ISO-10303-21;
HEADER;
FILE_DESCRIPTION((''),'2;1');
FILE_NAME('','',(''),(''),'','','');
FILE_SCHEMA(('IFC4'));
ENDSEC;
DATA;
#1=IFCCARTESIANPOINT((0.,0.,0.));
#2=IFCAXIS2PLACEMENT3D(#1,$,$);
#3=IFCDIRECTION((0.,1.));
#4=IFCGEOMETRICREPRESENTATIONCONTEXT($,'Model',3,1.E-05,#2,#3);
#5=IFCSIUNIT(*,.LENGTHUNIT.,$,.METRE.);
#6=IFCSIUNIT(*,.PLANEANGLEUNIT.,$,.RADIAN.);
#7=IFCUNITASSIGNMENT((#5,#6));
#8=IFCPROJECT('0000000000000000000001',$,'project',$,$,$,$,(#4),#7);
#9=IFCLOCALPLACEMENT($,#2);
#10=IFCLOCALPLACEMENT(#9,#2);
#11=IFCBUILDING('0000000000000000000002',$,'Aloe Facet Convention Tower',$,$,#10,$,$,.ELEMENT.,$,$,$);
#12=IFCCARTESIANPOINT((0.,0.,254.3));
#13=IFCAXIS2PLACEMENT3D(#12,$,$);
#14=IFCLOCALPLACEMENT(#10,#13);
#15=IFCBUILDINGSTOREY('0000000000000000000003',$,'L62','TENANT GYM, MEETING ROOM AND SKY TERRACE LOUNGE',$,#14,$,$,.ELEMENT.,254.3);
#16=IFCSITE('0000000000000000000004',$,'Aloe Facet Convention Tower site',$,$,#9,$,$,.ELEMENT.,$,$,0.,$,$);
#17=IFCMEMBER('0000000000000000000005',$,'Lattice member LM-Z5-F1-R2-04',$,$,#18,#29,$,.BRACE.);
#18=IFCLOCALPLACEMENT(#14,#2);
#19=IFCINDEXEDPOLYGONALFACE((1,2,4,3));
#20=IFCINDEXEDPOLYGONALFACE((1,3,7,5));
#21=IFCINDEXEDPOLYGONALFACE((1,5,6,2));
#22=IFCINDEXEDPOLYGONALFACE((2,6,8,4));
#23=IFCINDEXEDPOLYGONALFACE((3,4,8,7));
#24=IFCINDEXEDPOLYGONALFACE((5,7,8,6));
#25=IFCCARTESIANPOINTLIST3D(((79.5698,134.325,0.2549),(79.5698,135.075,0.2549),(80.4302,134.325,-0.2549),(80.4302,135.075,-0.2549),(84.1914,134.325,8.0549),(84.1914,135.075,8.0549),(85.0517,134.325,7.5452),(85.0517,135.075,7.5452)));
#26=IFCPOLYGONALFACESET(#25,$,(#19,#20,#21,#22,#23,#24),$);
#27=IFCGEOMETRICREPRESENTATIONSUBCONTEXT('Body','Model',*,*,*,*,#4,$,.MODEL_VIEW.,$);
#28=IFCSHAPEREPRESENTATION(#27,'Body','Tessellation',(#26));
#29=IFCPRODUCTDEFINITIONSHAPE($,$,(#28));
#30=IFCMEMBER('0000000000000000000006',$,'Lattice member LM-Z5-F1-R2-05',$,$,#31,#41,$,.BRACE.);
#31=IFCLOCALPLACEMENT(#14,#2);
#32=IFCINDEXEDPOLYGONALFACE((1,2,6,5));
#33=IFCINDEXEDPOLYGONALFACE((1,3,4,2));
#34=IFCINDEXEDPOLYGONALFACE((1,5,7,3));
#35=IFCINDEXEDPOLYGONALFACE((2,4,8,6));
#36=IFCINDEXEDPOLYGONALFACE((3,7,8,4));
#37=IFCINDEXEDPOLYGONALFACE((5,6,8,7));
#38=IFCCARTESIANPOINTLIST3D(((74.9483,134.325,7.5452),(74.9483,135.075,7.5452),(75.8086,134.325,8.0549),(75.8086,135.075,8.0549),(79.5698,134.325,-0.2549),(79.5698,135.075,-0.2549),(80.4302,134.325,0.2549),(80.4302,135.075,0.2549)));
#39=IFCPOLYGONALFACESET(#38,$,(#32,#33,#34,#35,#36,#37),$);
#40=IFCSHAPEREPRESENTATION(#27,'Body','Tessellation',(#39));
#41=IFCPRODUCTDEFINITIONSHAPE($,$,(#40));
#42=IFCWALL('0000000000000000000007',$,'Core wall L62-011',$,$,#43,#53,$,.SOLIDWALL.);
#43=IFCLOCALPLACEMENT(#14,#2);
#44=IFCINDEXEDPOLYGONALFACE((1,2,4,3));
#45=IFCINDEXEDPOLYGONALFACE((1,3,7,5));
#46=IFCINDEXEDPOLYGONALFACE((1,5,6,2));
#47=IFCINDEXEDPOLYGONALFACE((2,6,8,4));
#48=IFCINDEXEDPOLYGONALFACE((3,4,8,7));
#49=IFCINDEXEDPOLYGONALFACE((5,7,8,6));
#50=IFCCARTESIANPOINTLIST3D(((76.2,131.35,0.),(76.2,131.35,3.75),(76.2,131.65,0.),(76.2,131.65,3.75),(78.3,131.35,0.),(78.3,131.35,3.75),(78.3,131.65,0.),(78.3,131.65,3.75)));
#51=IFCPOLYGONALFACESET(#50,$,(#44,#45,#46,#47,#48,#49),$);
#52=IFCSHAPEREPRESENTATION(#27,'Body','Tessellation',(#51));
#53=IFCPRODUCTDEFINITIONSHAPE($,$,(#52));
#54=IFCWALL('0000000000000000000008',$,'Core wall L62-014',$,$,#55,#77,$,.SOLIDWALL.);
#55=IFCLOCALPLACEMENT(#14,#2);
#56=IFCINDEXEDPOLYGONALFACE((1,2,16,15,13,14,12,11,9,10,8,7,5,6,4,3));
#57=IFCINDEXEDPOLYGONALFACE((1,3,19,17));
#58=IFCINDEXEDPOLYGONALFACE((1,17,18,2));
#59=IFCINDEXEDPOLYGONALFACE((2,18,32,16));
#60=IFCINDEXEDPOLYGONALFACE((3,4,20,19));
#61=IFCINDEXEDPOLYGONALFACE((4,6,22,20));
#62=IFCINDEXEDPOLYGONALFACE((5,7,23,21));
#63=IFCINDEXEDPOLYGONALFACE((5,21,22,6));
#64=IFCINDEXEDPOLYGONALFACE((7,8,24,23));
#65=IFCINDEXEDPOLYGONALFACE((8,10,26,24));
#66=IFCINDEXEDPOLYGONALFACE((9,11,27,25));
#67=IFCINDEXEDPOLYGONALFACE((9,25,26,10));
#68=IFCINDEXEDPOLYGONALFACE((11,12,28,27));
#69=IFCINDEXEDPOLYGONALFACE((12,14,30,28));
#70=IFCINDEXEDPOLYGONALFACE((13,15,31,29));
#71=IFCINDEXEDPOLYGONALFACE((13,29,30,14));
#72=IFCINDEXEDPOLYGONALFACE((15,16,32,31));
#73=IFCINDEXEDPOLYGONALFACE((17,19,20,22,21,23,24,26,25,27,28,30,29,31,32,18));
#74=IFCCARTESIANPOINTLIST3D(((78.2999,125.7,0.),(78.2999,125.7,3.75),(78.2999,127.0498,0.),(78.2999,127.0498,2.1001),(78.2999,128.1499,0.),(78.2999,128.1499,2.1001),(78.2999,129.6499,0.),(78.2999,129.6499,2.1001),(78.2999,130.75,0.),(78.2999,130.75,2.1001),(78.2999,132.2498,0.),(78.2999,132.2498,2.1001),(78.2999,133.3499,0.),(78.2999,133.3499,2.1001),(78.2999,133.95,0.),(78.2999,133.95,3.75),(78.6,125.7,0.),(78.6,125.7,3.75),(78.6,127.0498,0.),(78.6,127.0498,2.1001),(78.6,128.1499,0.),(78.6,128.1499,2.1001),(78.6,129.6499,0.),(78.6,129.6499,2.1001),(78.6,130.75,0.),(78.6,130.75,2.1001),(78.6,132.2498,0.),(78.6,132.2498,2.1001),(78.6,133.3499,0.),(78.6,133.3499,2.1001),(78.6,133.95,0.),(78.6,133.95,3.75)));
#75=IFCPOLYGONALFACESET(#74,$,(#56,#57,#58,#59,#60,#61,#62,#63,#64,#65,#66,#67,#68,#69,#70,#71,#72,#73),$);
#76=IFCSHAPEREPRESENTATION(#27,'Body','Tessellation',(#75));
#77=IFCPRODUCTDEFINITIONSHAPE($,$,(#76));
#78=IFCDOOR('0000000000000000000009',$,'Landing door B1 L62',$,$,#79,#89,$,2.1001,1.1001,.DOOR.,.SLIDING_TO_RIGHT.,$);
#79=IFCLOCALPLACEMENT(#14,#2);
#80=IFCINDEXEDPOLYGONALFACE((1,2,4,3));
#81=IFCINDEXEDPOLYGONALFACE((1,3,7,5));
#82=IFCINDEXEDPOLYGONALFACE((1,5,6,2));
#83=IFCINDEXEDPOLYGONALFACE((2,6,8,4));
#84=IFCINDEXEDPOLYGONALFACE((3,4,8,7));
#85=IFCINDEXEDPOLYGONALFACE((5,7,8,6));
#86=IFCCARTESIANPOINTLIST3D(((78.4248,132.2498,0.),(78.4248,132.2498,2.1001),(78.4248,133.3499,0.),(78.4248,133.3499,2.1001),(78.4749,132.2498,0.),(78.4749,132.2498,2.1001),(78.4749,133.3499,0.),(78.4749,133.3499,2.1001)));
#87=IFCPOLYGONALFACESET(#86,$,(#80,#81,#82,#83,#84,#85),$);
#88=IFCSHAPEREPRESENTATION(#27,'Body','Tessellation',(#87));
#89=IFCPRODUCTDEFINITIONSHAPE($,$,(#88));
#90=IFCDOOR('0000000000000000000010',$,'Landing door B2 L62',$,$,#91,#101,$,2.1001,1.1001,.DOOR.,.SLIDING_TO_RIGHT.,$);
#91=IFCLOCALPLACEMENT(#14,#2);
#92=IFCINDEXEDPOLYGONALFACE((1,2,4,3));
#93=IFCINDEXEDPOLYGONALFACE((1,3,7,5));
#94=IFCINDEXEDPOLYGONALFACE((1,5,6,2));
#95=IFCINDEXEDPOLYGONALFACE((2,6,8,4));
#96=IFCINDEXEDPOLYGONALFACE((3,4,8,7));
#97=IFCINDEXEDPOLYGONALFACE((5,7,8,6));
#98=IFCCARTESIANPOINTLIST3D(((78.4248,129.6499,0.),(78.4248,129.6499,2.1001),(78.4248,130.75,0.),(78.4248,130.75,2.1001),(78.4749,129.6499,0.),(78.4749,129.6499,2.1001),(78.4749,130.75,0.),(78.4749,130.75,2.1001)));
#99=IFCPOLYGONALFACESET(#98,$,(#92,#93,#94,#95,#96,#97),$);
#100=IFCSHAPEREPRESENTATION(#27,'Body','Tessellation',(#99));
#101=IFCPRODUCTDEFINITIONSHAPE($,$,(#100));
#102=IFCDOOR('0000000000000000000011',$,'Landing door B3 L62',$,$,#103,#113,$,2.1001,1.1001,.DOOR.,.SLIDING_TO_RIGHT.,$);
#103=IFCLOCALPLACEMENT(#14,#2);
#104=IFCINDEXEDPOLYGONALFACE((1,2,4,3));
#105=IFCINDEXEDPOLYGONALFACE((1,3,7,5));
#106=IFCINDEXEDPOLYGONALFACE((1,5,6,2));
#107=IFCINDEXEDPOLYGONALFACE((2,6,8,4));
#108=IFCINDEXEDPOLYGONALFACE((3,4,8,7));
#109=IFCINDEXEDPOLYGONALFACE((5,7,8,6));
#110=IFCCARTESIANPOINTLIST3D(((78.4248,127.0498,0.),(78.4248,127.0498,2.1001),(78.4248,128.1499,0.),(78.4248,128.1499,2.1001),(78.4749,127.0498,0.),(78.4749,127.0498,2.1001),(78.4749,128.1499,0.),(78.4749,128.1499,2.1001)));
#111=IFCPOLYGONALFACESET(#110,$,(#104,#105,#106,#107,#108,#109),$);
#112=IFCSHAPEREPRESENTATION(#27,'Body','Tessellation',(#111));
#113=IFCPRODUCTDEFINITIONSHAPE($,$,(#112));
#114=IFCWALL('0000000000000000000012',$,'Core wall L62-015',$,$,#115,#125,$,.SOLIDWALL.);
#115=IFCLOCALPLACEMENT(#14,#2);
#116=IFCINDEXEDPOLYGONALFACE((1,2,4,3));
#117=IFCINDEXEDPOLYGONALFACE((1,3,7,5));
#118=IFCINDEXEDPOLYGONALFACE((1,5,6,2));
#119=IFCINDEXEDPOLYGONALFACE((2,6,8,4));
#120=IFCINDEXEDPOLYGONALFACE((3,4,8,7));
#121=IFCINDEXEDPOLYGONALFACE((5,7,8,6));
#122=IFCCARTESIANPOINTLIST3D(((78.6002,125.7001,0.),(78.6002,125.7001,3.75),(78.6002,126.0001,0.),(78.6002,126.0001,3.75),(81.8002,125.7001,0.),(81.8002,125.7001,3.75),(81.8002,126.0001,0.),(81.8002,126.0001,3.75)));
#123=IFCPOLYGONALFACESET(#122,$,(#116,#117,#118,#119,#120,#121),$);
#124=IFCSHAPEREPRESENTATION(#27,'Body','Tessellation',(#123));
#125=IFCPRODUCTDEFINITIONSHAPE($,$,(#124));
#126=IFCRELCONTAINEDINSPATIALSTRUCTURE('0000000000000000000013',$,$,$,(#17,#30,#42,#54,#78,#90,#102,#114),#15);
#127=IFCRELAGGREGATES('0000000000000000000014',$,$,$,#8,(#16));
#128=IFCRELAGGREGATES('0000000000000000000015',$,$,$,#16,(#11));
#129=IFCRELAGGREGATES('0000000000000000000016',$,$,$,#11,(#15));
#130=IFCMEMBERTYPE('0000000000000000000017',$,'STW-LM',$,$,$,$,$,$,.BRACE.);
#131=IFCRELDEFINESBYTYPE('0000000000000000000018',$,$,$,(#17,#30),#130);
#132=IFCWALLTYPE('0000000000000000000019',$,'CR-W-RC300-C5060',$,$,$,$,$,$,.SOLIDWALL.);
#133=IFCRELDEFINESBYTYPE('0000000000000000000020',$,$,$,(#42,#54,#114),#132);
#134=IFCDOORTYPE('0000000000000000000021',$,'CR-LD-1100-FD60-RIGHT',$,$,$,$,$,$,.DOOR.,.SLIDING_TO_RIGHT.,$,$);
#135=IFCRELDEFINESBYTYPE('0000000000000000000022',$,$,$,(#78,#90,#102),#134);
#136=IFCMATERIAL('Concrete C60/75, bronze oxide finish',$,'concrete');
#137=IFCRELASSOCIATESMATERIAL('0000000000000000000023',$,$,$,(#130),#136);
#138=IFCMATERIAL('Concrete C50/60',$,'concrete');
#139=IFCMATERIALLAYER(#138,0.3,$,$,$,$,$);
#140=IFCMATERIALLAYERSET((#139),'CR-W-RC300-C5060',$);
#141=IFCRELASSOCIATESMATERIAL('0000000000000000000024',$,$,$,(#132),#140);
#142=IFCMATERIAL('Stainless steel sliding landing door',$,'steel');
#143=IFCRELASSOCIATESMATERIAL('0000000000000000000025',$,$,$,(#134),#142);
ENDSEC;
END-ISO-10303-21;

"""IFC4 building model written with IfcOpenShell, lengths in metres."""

from ifc_helpers import new_model, si_unit, direction, frame, frame_2d, origin, origin_2d, place, context, subcontext, project, spatial, rectangle, extrude, material, layer, layer_set, material_profile, profile_set, type_object, element, fill, save


model = new_model("IFC4")

# Units and contexts
model_context = context("Model", 3, precision=1e-05, world=origin(), true_north=direction((0.0, 1.0)))
body_context = subcontext(model_context, "Body", "Model", "MODEL_VIEW")
ifc_project = project(units=[si_unit("LENGTHUNIT", "METRE"), si_unit("PLANEANGLEUNIT", "RADIAN")], contexts=[model_context])

# Site, building, storey
site_placement = place(None, origin())
site = spatial("IfcSite", under=ifc_project, at=site_placement, Name="Aloe Facet Convention Tower site", CompositionType="ELEMENT", RefElevation=0.0)
building_placement = place(site_placement, origin())
building = spatial("IfcBuilding", under=site, at=building_placement, Name="Aloe Facet Convention Tower", CompositionType="ELEMENT")
storey_placement = place(building_placement, frame((0.0, 0.0, 254.3)))
storey = spatial("IfcBuildingStorey", under=building, at=storey_placement, Name="L62", Description="TENANT GYM, MEETING ROOM AND SKY TERRACE LOUNGE", CompositionType="ELEMENT", Elevation=254.3)

# Members
ifc_material_1 = material(Name="Concrete C60/75, bronze oxide finish", Category="concrete")
ifc_material_profile = material_profile(ifc_material_1, rectangle(XDim=0.75, YDim=1.0, at=origin_2d()), Name="STW-LM")
ifc_profile_set = profile_set([ifc_material_profile], Name="Concrete C60/75, bronze oxide finish")
member_type = type_object("IfcMemberType", Name="STW-LM", PredefinedType="BRACE", material=ifc_profile_set)
for number, where, z_axis, x_axis, name in (
    (1, (80.0, 134.7, 0.0), (0.509748, 0.0, 0.860324), (0.0, 1.0, 0.0), "Lattice member LM-Z5-F1-R2-04"),
    (2, (80.0, 134.7, 0.0), (-0.509748, 0.0, 0.860324), (0.0, -1.0, 0.0), "Lattice member LM-Z5-F1-R2-05"),
):
    element("IfcMember", number, at=place(storey_placement, frame(where, z_axis=z_axis, x_axis=x_axis)), inside=storey, type_object=member_type, Name=name, PredefinedType="BRACE", context=body_context, shape_type="SweptSolid", body=[
        extrude(rectangle(XDim=0.75, YDim=1.0, at=origin_2d()), origin(), (0.0, 0.0, 1.0), 9.0664),
    ])

# Wall
ifc_material_2 = material(Name="Concrete C50/60", Category="concrete")
ifc_layer = layer(ifc_material_2, 0.3)
ifc_layer_set = layer_set([ifc_layer], Name="CR-W-RC300-C5060")
wall_type = type_object("IfcWallType", Name="CR-W-RC300-C5060", PredefinedType="SOLIDWALL", material=ifc_layer_set)
wall_1_placement = place(storey_placement, frame((76.2, 131.5, 0.0), z_axis=(0.0, 0.0, 1.0), x_axis=(1.0, 0.0, 0.0)))
element("IfcWall", 3, at=wall_1_placement, inside=storey, type_object=wall_type, Name="Core wall L62-011", PredefinedType="SOLIDWALL", context=body_context, shape_type="SweptSolid", body=[
    extrude(rectangle(XDim=2.1001, YDim=0.3, at=frame_2d((1.05, 0.0))), origin(), (0.0, 0.0, 1.0), 3.75),
])

# Wall, openings, doors
wall_2_placement = place(storey_placement, frame((78.45, 133.95, 0.0), z_axis=(0.0, 0.0, 1.0), x_axis=(0.0, -1.0, 0.0)))
wall_2 = element("IfcWall", 4, at=wall_2_placement, inside=storey, type_object=wall_type, Name="Core wall L62-014", PredefinedType="SOLIDWALL", context=body_context, shape_type="SweptSolid", body=[
    extrude(rectangle(XDim=8.25, YDim=0.3, at=frame_2d((4.125, 0.0))), origin(), (0.0, 0.0, 1.0), 3.75),
])
opening_1_placement = place(wall_2_placement, frame((0.6001, 0.0, 0.0)))
opening_1 = element("IfcOpeningElement", 5, at=opening_1_placement, cuts=wall_2, PredefinedType="OPENING", context=body_context, shape_type="SweptSolid", body=[
    extrude(rectangle(XDim=1.1001, YDim=2.1001, at=frame_2d((0.55, 1.05))), frame((0.0, 0.1602, 0.0), z_axis=(0.0, -1.0, 0.0), x_axis=(1.0, 0.0, 0.0)), (0.0, 0.0, 1.0), 0.3201),
])
opening_2_placement = place(wall_2_placement, frame((3.2, 0.0, 0.0)))
opening_2 = element("IfcOpeningElement", 6, at=opening_2_placement, cuts=wall_2, PredefinedType="OPENING", context=body_context, shape_type="SweptSolid", body=[
    extrude(rectangle(XDim=1.1001, YDim=2.1001, at=frame_2d((0.55, 1.05))), frame((0.0, 0.1602, 0.0), z_axis=(0.0, -1.0, 0.0), x_axis=(1.0, 0.0, 0.0)), (0.0, 0.0, 1.0), 0.3201),
])
opening_3_placement = place(wall_2_placement, frame((5.8, 0.0, 0.0)))
opening_3 = element("IfcOpeningElement", 7, at=opening_3_placement, cuts=wall_2, PredefinedType="OPENING", context=body_context, shape_type="SweptSolid", body=[
    extrude(rectangle(XDim=1.1001, YDim=2.1001, at=frame_2d((0.55, 1.05))), frame((0.0, 0.1602, 0.0), z_axis=(0.0, -1.0, 0.0), x_axis=(1.0, 0.0, 0.0)), (0.0, 0.0, 1.0), 0.3201),
])
ifc_material_3 = material(Name="Stainless steel sliding landing door", Category="steel")
door_type_1 = type_object("IfcDoorType", Name="CR-LD-1100-FD60-RIGHT", OperationType="SLIDING_TO_RIGHT", PredefinedType="DOOR", material=ifc_material_3)
door_1_placement = place(opening_1_placement, origin())
door_1 = element("IfcDoor", 8, at=door_1_placement, inside=storey, type_object=door_type_1, Name="Landing door B1 L62", OperationType="SLIDING_TO_RIGHT", OverallHeight=2.1001, OverallWidth=1.1001, PredefinedType="DOOR", context=body_context, shape_type="SweptSolid", body=[
    extrude(rectangle(XDim=1.1001, YDim=2.1001, at=frame_2d((0.55, 1.05))), frame((0.0, 0.0249, 0.0), z_axis=(0.0, -1.0, 0.0), x_axis=(1.0, 0.0, 0.0)), (0.0, 0.0, 1.0), 0.05),
])
fill(opening_1, door_1)
door_2_placement = place(opening_2_placement, origin())
door_2 = element("IfcDoor", 9, at=door_2_placement, inside=storey, type_object=door_type_1, Name="Landing door B2 L62", OperationType="SLIDING_TO_RIGHT", OverallHeight=2.1001, OverallWidth=1.1001, PredefinedType="DOOR", context=body_context, shape_type="SweptSolid", body=[
    extrude(rectangle(XDim=1.1001, YDim=2.1001, at=frame_2d((0.55, 1.05))), frame((0.0, 0.0249, 0.0), z_axis=(0.0, -1.0, 0.0), x_axis=(1.0, 0.0, 0.0)), (0.0, 0.0, 1.0), 0.05),
])
fill(opening_2, door_2)
door_3_placement = place(opening_3_placement, origin())
door_3 = element("IfcDoor", 10, at=door_3_placement, inside=storey, type_object=door_type_1, Name="Landing door B3 L62", OperationType="SLIDING_TO_RIGHT", OverallHeight=2.1001, OverallWidth=1.1001, PredefinedType="DOOR", context=body_context, shape_type="SweptSolid", body=[
    extrude(rectangle(XDim=1.1001, YDim=2.1001, at=frame_2d((0.55, 1.05))), frame((0.0, 0.0249, 0.0), z_axis=(0.0, -1.0, 0.0), x_axis=(1.0, 0.0, 0.0)), (0.0, 0.0, 1.0), 0.05),
])
fill(opening_3, door_3)

# Wall
wall_3_placement = place(storey_placement, frame((78.6001, 125.8501, 0.0), z_axis=(0.0, 0.0, 1.0), x_axis=(1.0, 0.0, 0.0)))
element("IfcWall", 11, at=wall_3_placement, inside=storey, type_object=wall_type, Name="Core wall L62-015", PredefinedType="SOLIDWALL", context=body_context, shape_type="SweptSolid", body=[
    extrude(rectangle(XDim=3.2, YDim=0.3, at=frame_2d((1.6001, 0.0))), origin(), (0.0, 0.0, 1.0), 3.75),
])

save(model, "model.ifc")
